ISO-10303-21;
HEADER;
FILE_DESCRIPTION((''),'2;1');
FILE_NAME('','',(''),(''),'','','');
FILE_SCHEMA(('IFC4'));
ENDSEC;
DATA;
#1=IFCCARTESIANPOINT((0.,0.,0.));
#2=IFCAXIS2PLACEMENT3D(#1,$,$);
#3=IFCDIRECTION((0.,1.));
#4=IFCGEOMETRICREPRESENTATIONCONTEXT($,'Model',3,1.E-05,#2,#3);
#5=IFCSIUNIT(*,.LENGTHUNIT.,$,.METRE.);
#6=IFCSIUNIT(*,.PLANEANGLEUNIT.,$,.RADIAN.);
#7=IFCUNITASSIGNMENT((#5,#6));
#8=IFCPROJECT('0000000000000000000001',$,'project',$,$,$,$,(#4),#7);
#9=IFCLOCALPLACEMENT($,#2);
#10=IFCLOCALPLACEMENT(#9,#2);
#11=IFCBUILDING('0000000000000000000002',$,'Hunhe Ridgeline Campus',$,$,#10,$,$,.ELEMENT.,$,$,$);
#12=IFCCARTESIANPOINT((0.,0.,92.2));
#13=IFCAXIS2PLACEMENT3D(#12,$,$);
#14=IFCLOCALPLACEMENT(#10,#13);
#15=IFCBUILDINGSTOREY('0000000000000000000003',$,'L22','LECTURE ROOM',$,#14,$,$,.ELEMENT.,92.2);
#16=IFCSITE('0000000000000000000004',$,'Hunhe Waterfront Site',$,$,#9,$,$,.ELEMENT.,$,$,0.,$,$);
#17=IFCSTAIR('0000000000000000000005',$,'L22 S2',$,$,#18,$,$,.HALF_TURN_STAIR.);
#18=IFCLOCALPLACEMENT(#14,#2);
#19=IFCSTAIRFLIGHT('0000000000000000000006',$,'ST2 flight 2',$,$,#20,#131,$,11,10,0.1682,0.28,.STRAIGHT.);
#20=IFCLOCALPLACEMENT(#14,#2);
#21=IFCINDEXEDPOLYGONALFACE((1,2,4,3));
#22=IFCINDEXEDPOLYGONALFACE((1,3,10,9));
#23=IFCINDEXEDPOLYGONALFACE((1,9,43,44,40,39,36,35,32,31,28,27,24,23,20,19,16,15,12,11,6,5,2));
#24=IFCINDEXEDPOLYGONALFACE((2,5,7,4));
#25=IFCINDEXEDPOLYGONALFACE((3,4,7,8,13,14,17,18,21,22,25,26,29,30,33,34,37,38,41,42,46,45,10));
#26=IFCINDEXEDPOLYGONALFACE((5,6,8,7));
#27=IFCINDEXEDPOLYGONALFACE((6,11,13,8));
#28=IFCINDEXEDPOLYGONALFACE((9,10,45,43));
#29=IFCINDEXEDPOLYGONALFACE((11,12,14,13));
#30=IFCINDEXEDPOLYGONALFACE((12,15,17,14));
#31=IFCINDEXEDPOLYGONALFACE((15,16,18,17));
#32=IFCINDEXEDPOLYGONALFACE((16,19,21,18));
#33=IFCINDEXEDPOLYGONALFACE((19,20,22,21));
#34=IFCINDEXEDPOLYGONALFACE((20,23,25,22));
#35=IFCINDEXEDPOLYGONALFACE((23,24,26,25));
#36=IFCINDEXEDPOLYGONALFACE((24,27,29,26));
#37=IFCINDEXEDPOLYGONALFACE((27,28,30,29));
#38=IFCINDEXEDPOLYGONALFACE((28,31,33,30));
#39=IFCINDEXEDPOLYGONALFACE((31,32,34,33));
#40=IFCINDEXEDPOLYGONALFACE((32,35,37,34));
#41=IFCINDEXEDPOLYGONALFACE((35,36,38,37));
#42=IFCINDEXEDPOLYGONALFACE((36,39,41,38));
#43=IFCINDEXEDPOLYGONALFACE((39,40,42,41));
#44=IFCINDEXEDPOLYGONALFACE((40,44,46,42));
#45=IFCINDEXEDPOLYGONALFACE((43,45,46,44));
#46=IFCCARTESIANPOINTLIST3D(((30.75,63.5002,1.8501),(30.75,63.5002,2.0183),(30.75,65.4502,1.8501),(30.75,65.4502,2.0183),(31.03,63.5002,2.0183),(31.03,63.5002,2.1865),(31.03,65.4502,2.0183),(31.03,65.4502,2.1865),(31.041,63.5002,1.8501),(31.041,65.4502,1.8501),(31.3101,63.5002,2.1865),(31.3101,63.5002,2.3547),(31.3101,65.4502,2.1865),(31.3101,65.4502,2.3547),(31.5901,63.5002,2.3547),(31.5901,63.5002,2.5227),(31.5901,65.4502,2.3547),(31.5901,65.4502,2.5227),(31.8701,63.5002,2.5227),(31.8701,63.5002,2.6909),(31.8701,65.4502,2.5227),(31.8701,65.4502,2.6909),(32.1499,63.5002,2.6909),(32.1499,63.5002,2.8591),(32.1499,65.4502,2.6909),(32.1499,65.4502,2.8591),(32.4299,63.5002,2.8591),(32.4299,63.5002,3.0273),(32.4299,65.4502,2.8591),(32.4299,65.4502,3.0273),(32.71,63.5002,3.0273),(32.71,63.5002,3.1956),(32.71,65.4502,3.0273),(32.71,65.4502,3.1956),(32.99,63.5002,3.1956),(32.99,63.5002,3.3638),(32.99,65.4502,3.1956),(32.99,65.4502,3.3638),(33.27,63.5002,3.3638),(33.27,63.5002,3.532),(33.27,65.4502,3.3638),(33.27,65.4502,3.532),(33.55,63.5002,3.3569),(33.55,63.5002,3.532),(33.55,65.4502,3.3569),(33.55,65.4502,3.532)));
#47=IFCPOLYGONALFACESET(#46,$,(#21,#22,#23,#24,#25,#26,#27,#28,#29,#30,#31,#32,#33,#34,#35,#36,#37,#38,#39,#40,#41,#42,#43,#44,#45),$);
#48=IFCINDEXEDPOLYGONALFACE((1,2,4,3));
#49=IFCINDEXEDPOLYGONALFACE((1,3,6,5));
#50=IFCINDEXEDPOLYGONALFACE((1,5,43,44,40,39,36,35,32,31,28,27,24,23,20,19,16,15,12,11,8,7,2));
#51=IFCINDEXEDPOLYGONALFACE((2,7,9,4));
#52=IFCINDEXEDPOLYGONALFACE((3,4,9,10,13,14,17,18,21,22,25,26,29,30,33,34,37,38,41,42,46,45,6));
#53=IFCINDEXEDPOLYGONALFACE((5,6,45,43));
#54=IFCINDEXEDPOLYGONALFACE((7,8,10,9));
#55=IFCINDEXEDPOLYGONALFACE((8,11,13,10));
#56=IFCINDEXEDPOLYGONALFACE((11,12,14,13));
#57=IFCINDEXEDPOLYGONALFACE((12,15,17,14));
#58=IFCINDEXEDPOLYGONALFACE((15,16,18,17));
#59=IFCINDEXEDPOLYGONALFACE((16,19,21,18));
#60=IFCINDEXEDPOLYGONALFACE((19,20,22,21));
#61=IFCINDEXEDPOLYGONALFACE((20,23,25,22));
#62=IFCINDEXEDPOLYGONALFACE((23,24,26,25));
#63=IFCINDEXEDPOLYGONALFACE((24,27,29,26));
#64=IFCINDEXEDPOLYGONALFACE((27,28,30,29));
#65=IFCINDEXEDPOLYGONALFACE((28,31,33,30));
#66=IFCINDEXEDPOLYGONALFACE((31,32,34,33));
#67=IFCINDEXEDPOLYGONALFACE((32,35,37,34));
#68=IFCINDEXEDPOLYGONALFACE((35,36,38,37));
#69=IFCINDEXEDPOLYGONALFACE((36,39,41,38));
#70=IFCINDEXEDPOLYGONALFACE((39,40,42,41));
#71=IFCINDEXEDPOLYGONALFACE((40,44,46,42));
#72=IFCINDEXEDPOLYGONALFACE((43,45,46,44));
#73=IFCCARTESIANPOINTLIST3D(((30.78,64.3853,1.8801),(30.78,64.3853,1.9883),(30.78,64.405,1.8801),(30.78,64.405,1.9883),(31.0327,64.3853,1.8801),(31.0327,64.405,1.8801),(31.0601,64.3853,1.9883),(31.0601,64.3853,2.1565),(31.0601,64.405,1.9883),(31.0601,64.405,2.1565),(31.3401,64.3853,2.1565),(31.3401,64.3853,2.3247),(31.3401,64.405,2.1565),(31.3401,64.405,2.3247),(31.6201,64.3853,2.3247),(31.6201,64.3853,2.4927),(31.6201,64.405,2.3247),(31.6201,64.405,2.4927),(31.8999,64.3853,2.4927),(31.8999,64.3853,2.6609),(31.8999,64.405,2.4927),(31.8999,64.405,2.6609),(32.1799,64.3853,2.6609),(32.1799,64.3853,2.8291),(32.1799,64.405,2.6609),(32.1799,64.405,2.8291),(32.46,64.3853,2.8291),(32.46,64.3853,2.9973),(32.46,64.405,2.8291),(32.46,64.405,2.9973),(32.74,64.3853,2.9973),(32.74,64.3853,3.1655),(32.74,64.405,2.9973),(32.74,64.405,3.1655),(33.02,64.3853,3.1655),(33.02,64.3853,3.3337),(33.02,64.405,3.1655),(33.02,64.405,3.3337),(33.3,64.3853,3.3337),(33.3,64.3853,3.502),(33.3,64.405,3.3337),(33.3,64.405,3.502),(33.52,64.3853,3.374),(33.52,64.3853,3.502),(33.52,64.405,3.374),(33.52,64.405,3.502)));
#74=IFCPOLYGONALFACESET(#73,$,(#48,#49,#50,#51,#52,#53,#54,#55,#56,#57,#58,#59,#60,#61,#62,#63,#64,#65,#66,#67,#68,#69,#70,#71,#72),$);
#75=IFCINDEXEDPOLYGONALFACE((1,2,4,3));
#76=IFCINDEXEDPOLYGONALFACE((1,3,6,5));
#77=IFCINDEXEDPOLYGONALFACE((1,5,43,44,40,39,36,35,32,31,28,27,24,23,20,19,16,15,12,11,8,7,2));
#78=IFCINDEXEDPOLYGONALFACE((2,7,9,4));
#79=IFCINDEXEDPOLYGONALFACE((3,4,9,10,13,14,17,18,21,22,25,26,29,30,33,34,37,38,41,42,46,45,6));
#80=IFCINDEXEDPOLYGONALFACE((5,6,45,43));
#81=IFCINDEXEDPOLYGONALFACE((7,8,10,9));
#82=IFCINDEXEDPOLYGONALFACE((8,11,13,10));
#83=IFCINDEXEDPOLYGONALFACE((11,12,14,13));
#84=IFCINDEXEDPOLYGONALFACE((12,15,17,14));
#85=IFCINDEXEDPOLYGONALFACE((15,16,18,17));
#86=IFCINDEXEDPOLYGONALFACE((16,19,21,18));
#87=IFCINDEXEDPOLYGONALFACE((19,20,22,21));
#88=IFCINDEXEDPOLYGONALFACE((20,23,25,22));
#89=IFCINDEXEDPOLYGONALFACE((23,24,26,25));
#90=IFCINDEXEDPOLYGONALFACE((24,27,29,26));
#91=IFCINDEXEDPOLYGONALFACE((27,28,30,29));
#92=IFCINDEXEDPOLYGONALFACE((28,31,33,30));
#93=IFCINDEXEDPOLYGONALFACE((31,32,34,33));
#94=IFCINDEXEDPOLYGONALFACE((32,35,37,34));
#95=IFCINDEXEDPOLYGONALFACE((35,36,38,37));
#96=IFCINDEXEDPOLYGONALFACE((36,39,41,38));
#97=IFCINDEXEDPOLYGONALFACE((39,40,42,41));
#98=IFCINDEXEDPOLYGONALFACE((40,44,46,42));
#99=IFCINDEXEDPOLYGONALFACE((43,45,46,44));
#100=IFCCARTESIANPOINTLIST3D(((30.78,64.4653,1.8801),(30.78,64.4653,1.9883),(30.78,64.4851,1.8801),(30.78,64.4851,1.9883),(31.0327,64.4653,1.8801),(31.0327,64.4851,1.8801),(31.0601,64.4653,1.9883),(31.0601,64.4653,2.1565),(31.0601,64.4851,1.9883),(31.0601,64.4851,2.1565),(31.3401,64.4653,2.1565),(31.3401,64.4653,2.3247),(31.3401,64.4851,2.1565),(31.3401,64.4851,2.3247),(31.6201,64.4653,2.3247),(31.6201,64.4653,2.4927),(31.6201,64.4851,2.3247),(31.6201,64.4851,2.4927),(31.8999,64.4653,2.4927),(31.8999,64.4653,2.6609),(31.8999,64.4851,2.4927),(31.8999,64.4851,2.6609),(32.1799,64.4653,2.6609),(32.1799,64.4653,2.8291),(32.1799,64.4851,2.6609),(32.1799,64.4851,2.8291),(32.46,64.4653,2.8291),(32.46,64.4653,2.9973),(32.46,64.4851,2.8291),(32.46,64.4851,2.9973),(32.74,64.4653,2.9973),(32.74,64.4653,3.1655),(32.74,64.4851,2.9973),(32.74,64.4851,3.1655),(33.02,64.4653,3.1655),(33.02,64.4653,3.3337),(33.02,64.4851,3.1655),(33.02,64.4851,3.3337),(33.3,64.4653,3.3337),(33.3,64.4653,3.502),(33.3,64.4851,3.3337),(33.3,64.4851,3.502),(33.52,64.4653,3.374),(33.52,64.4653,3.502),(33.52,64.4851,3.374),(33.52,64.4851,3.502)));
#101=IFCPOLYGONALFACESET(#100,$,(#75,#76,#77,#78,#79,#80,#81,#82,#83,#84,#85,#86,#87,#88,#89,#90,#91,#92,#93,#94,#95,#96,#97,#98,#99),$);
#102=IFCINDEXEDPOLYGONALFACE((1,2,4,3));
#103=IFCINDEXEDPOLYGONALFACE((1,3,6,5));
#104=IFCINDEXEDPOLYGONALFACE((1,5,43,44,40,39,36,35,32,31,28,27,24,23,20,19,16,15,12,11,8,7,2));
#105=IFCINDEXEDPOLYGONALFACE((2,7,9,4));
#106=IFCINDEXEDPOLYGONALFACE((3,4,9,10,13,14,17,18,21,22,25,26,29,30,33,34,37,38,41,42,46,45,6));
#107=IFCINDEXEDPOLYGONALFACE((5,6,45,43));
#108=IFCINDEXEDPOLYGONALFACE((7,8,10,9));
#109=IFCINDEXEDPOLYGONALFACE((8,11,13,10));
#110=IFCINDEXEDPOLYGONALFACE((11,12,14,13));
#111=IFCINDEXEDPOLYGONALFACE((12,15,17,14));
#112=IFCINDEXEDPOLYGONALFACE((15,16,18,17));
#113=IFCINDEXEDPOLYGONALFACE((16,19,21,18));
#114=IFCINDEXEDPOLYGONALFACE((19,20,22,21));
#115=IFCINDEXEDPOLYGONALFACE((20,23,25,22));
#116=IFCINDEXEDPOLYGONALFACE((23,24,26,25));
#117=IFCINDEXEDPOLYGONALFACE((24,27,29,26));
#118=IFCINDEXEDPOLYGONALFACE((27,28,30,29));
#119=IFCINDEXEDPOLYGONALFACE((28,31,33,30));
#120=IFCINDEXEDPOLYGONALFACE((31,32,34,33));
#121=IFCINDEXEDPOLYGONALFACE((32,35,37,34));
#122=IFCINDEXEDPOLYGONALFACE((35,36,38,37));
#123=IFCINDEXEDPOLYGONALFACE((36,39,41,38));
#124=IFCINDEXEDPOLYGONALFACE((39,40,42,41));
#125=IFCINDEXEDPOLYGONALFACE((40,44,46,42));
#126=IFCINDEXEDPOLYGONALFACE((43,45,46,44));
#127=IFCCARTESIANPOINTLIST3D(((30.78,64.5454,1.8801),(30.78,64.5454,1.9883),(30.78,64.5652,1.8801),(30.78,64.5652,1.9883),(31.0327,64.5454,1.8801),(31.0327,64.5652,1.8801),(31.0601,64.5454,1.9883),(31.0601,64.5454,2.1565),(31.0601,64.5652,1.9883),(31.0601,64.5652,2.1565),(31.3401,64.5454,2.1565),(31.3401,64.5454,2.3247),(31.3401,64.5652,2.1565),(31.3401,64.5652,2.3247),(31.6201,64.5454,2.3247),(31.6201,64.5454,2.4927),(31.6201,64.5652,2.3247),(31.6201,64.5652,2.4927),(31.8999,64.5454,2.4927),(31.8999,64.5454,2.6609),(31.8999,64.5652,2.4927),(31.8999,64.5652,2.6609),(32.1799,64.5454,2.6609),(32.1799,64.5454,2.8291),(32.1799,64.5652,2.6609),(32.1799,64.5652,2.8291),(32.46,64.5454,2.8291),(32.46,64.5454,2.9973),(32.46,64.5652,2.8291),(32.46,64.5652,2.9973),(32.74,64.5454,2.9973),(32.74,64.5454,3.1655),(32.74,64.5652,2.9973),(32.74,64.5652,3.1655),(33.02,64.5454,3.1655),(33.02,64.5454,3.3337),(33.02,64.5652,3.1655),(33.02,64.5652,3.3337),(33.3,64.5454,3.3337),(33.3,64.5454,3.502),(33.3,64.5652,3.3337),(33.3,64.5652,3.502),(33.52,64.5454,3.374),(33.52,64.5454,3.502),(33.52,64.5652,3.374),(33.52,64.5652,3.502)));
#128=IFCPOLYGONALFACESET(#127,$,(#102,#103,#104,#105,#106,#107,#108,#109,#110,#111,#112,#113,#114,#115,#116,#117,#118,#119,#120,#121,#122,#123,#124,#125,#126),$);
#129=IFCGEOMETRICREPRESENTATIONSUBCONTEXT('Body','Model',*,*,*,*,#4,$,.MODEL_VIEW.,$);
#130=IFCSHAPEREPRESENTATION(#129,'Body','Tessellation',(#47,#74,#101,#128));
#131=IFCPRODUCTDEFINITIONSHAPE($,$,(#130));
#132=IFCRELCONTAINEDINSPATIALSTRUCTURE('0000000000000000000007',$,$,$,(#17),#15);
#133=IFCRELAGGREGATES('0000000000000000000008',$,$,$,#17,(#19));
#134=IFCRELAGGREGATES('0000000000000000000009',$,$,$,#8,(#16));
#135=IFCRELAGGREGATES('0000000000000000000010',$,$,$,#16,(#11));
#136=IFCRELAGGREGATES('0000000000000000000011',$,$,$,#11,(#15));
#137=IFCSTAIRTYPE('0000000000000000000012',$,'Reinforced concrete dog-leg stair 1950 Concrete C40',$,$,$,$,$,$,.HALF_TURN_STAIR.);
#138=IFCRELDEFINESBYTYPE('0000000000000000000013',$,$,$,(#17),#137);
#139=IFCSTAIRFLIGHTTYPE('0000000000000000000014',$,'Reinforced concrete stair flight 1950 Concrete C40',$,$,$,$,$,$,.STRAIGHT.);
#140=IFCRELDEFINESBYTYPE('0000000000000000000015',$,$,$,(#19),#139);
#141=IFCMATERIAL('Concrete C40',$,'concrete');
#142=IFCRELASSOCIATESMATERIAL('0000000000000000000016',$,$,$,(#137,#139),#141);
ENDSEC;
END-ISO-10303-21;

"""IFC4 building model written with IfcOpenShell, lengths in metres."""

from ifc_helpers import new_model, si_unit, direction, frame, origin, place, context, subcontext, project, spatial, polyline, outline, extrude, material, type_object, element, aggregate, save


model = new_model("IFC4")

# Units and contexts
model_context = context("Model", 3, precision=1e-05, world=origin(), true_north=direction((0.0, 1.0)))
body_context = subcontext(model_context, "Body", "Model", "MODEL_VIEW")
ifc_project = project(units=[si_unit("LENGTHUNIT", "METRE"), si_unit("PLANEANGLEUNIT", "RADIAN")], contexts=[model_context])

# Site, building, storey
site_placement = place(None, origin())
site = spatial("IfcSite", under=ifc_project, at=site_placement, Name="Hunhe Waterfront Site", CompositionType="ELEMENT", RefElevation=0.0)
building_placement = place(site_placement, origin())
building = spatial("IfcBuilding", under=site, at=building_placement, Name="Hunhe Ridgeline Campus", CompositionType="ELEMENT")
storey_placement = place(building_placement, frame((0.0, 0.0, 92.2)))
storey = spatial("IfcBuildingStorey", under=building, at=storey_placement, Name="L22", Description="LECTURE ROOM", CompositionType="ELEMENT", Elevation=92.2)

# Stair, stair flight
ifc_material_1 = material(Name="Concrete C40", Category="concrete")
stair_type = type_object("IfcStairType", Name="Reinforced concrete dog-leg stair 1950 Concrete C40", PredefinedType="HALF_TURN_STAIR", material=ifc_material_1)
stair_placement = place(storey_placement, origin())
stair = element("IfcStair", 1, at=stair_placement, inside=storey, type_object=stair_type, Name="L22 S2", PredefinedType="HALF_TURN_STAIR")
stair_flight_type = type_object("IfcStairFlightType", Name="Reinforced concrete stair flight 1950 Concrete C40", PredefinedType="STRAIGHT", material=ifc_material_1)
stair_flight_1_placement = place(storey_placement, frame((30.75, 64.4751, 1.8501), z_axis=(0.0, 0.0, 1.0), x_axis=(1.0, 0.0, 0.0)))
stair_flight_1 = element("IfcStairFlight", 2, at=stair_flight_1_placement, type_object=stair_flight_type, Name="ST2 flight 2", NumberOfRisers=11, NumberOfTreads=10, PredefinedType="STRAIGHT", RiserHeight=0.1682, TreadLength=0.28, context=body_context, shape_type="SweptSolid", body=[
    extrude(outline(polyline([(0.0, 0.0), (0.0, 0.1682), (0.28, 0.1682), (0.28, 0.3364), (0.5601, 0.3364), (0.5601, 0.5046), (0.8401, 0.5046), (0.8401, 0.6726), (1.1201, 0.6726), (1.1201, 0.8408), (1.3999, 0.8408), (1.3999, 1.009), (1.6799, 1.009), (1.6799, 1.1772), (1.96, 1.1772), (1.96, 1.3455), (2.24, 1.3455), (2.24, 1.5137), (2.52, 1.5137), (2.52, 1.6819), (2.8, 1.6819), (2.8, 1.8501), (2.8, 1.5068), (0.291, 0.0), (0.0, 0.0)])), frame((0.0, 0.9751, 0.0), z_axis=(0.0, -1.0, 0.0), x_axis=(1.0, 0.0, 0.0)), (0.0, 0.0, 1.0), 1.95),
    extrude(outline(polyline([(0.03, 0.03), (0.03, 0.1382), (0.3101, 0.1382), (0.3101, 0.3064), (0.5901, 0.3064), (0.5901, 0.4746), (0.8701, 0.4746), (0.8701, 0.6426), (1.1499, 0.6426), (1.1499, 0.8108), (1.4299, 0.8108), (1.4299, 0.979), (1.71, 0.979), (1.71, 1.1472), (1.99, 1.1472), (1.99, 1.3154), (2.27, 1.3154), (2.27, 1.4836), (2.55, 1.4836), (2.55, 1.6519), (2.77, 1.6519), (2.77, 1.5239), (0.2827, 0.03), (0.03, 0.03)])), frame((0.0, -0.0701, 0.0), z_axis=(0.0, -1.0, 0.0), x_axis=(1.0, 0.0, 0.0)), (0.0, 0.0, 1.0), 0.0198),
    extrude(outline(polyline([(0.03, 0.03), (0.03, 0.1382), (0.3101, 0.1382), (0.3101, 0.3064), (0.5901, 0.3064), (0.5901, 0.4746), (0.8701, 0.4746), (0.8701, 0.6426), (1.1499, 0.6426), (1.1499, 0.8108), (1.4299, 0.8108), (1.4299, 0.979), (1.71, 0.979), (1.71, 1.1472), (1.99, 1.1472), (1.99, 1.3154), (2.27, 1.3154), (2.27, 1.4836), (2.55, 1.4836), (2.55, 1.6519), (2.77, 1.6519), (2.77, 1.5239), (0.2827, 0.03), (0.03, 0.03)])), frame((0.0, 0.01, 0.0), z_axis=(0.0, -1.0, 0.0), x_axis=(1.0, 0.0, 0.0)), (0.0, 0.0, 1.0), 0.0198),
    extrude(outline(polyline([(0.03, 0.03), (0.03, 0.1382), (0.3101, 0.1382), (0.3101, 0.3064), (0.5901, 0.3064), (0.5901, 0.4746), (0.8701, 0.4746), (0.8701, 0.6426), (1.1499, 0.6426), (1.1499, 0.8108), (1.4299, 0.8108), (1.4299, 0.979), (1.71, 0.979), (1.71, 1.1472), (1.99, 1.1472), (1.99, 1.3154), (2.27, 1.3154), (2.27, 1.4836), (2.55, 1.4836), (2.55, 1.6519), (2.77, 1.6519), (2.77, 1.5239), (0.2827, 0.03), (0.03, 0.03)])), frame((0.0, 0.0901, 0.0), z_axis=(0.0, -1.0, 0.0), x_axis=(1.0, 0.0, 0.0)), (0.0, 0.0, 1.0), 0.0198),
])
aggregate(stair, [stair_flight_1])

save(model, "model.ifc")
